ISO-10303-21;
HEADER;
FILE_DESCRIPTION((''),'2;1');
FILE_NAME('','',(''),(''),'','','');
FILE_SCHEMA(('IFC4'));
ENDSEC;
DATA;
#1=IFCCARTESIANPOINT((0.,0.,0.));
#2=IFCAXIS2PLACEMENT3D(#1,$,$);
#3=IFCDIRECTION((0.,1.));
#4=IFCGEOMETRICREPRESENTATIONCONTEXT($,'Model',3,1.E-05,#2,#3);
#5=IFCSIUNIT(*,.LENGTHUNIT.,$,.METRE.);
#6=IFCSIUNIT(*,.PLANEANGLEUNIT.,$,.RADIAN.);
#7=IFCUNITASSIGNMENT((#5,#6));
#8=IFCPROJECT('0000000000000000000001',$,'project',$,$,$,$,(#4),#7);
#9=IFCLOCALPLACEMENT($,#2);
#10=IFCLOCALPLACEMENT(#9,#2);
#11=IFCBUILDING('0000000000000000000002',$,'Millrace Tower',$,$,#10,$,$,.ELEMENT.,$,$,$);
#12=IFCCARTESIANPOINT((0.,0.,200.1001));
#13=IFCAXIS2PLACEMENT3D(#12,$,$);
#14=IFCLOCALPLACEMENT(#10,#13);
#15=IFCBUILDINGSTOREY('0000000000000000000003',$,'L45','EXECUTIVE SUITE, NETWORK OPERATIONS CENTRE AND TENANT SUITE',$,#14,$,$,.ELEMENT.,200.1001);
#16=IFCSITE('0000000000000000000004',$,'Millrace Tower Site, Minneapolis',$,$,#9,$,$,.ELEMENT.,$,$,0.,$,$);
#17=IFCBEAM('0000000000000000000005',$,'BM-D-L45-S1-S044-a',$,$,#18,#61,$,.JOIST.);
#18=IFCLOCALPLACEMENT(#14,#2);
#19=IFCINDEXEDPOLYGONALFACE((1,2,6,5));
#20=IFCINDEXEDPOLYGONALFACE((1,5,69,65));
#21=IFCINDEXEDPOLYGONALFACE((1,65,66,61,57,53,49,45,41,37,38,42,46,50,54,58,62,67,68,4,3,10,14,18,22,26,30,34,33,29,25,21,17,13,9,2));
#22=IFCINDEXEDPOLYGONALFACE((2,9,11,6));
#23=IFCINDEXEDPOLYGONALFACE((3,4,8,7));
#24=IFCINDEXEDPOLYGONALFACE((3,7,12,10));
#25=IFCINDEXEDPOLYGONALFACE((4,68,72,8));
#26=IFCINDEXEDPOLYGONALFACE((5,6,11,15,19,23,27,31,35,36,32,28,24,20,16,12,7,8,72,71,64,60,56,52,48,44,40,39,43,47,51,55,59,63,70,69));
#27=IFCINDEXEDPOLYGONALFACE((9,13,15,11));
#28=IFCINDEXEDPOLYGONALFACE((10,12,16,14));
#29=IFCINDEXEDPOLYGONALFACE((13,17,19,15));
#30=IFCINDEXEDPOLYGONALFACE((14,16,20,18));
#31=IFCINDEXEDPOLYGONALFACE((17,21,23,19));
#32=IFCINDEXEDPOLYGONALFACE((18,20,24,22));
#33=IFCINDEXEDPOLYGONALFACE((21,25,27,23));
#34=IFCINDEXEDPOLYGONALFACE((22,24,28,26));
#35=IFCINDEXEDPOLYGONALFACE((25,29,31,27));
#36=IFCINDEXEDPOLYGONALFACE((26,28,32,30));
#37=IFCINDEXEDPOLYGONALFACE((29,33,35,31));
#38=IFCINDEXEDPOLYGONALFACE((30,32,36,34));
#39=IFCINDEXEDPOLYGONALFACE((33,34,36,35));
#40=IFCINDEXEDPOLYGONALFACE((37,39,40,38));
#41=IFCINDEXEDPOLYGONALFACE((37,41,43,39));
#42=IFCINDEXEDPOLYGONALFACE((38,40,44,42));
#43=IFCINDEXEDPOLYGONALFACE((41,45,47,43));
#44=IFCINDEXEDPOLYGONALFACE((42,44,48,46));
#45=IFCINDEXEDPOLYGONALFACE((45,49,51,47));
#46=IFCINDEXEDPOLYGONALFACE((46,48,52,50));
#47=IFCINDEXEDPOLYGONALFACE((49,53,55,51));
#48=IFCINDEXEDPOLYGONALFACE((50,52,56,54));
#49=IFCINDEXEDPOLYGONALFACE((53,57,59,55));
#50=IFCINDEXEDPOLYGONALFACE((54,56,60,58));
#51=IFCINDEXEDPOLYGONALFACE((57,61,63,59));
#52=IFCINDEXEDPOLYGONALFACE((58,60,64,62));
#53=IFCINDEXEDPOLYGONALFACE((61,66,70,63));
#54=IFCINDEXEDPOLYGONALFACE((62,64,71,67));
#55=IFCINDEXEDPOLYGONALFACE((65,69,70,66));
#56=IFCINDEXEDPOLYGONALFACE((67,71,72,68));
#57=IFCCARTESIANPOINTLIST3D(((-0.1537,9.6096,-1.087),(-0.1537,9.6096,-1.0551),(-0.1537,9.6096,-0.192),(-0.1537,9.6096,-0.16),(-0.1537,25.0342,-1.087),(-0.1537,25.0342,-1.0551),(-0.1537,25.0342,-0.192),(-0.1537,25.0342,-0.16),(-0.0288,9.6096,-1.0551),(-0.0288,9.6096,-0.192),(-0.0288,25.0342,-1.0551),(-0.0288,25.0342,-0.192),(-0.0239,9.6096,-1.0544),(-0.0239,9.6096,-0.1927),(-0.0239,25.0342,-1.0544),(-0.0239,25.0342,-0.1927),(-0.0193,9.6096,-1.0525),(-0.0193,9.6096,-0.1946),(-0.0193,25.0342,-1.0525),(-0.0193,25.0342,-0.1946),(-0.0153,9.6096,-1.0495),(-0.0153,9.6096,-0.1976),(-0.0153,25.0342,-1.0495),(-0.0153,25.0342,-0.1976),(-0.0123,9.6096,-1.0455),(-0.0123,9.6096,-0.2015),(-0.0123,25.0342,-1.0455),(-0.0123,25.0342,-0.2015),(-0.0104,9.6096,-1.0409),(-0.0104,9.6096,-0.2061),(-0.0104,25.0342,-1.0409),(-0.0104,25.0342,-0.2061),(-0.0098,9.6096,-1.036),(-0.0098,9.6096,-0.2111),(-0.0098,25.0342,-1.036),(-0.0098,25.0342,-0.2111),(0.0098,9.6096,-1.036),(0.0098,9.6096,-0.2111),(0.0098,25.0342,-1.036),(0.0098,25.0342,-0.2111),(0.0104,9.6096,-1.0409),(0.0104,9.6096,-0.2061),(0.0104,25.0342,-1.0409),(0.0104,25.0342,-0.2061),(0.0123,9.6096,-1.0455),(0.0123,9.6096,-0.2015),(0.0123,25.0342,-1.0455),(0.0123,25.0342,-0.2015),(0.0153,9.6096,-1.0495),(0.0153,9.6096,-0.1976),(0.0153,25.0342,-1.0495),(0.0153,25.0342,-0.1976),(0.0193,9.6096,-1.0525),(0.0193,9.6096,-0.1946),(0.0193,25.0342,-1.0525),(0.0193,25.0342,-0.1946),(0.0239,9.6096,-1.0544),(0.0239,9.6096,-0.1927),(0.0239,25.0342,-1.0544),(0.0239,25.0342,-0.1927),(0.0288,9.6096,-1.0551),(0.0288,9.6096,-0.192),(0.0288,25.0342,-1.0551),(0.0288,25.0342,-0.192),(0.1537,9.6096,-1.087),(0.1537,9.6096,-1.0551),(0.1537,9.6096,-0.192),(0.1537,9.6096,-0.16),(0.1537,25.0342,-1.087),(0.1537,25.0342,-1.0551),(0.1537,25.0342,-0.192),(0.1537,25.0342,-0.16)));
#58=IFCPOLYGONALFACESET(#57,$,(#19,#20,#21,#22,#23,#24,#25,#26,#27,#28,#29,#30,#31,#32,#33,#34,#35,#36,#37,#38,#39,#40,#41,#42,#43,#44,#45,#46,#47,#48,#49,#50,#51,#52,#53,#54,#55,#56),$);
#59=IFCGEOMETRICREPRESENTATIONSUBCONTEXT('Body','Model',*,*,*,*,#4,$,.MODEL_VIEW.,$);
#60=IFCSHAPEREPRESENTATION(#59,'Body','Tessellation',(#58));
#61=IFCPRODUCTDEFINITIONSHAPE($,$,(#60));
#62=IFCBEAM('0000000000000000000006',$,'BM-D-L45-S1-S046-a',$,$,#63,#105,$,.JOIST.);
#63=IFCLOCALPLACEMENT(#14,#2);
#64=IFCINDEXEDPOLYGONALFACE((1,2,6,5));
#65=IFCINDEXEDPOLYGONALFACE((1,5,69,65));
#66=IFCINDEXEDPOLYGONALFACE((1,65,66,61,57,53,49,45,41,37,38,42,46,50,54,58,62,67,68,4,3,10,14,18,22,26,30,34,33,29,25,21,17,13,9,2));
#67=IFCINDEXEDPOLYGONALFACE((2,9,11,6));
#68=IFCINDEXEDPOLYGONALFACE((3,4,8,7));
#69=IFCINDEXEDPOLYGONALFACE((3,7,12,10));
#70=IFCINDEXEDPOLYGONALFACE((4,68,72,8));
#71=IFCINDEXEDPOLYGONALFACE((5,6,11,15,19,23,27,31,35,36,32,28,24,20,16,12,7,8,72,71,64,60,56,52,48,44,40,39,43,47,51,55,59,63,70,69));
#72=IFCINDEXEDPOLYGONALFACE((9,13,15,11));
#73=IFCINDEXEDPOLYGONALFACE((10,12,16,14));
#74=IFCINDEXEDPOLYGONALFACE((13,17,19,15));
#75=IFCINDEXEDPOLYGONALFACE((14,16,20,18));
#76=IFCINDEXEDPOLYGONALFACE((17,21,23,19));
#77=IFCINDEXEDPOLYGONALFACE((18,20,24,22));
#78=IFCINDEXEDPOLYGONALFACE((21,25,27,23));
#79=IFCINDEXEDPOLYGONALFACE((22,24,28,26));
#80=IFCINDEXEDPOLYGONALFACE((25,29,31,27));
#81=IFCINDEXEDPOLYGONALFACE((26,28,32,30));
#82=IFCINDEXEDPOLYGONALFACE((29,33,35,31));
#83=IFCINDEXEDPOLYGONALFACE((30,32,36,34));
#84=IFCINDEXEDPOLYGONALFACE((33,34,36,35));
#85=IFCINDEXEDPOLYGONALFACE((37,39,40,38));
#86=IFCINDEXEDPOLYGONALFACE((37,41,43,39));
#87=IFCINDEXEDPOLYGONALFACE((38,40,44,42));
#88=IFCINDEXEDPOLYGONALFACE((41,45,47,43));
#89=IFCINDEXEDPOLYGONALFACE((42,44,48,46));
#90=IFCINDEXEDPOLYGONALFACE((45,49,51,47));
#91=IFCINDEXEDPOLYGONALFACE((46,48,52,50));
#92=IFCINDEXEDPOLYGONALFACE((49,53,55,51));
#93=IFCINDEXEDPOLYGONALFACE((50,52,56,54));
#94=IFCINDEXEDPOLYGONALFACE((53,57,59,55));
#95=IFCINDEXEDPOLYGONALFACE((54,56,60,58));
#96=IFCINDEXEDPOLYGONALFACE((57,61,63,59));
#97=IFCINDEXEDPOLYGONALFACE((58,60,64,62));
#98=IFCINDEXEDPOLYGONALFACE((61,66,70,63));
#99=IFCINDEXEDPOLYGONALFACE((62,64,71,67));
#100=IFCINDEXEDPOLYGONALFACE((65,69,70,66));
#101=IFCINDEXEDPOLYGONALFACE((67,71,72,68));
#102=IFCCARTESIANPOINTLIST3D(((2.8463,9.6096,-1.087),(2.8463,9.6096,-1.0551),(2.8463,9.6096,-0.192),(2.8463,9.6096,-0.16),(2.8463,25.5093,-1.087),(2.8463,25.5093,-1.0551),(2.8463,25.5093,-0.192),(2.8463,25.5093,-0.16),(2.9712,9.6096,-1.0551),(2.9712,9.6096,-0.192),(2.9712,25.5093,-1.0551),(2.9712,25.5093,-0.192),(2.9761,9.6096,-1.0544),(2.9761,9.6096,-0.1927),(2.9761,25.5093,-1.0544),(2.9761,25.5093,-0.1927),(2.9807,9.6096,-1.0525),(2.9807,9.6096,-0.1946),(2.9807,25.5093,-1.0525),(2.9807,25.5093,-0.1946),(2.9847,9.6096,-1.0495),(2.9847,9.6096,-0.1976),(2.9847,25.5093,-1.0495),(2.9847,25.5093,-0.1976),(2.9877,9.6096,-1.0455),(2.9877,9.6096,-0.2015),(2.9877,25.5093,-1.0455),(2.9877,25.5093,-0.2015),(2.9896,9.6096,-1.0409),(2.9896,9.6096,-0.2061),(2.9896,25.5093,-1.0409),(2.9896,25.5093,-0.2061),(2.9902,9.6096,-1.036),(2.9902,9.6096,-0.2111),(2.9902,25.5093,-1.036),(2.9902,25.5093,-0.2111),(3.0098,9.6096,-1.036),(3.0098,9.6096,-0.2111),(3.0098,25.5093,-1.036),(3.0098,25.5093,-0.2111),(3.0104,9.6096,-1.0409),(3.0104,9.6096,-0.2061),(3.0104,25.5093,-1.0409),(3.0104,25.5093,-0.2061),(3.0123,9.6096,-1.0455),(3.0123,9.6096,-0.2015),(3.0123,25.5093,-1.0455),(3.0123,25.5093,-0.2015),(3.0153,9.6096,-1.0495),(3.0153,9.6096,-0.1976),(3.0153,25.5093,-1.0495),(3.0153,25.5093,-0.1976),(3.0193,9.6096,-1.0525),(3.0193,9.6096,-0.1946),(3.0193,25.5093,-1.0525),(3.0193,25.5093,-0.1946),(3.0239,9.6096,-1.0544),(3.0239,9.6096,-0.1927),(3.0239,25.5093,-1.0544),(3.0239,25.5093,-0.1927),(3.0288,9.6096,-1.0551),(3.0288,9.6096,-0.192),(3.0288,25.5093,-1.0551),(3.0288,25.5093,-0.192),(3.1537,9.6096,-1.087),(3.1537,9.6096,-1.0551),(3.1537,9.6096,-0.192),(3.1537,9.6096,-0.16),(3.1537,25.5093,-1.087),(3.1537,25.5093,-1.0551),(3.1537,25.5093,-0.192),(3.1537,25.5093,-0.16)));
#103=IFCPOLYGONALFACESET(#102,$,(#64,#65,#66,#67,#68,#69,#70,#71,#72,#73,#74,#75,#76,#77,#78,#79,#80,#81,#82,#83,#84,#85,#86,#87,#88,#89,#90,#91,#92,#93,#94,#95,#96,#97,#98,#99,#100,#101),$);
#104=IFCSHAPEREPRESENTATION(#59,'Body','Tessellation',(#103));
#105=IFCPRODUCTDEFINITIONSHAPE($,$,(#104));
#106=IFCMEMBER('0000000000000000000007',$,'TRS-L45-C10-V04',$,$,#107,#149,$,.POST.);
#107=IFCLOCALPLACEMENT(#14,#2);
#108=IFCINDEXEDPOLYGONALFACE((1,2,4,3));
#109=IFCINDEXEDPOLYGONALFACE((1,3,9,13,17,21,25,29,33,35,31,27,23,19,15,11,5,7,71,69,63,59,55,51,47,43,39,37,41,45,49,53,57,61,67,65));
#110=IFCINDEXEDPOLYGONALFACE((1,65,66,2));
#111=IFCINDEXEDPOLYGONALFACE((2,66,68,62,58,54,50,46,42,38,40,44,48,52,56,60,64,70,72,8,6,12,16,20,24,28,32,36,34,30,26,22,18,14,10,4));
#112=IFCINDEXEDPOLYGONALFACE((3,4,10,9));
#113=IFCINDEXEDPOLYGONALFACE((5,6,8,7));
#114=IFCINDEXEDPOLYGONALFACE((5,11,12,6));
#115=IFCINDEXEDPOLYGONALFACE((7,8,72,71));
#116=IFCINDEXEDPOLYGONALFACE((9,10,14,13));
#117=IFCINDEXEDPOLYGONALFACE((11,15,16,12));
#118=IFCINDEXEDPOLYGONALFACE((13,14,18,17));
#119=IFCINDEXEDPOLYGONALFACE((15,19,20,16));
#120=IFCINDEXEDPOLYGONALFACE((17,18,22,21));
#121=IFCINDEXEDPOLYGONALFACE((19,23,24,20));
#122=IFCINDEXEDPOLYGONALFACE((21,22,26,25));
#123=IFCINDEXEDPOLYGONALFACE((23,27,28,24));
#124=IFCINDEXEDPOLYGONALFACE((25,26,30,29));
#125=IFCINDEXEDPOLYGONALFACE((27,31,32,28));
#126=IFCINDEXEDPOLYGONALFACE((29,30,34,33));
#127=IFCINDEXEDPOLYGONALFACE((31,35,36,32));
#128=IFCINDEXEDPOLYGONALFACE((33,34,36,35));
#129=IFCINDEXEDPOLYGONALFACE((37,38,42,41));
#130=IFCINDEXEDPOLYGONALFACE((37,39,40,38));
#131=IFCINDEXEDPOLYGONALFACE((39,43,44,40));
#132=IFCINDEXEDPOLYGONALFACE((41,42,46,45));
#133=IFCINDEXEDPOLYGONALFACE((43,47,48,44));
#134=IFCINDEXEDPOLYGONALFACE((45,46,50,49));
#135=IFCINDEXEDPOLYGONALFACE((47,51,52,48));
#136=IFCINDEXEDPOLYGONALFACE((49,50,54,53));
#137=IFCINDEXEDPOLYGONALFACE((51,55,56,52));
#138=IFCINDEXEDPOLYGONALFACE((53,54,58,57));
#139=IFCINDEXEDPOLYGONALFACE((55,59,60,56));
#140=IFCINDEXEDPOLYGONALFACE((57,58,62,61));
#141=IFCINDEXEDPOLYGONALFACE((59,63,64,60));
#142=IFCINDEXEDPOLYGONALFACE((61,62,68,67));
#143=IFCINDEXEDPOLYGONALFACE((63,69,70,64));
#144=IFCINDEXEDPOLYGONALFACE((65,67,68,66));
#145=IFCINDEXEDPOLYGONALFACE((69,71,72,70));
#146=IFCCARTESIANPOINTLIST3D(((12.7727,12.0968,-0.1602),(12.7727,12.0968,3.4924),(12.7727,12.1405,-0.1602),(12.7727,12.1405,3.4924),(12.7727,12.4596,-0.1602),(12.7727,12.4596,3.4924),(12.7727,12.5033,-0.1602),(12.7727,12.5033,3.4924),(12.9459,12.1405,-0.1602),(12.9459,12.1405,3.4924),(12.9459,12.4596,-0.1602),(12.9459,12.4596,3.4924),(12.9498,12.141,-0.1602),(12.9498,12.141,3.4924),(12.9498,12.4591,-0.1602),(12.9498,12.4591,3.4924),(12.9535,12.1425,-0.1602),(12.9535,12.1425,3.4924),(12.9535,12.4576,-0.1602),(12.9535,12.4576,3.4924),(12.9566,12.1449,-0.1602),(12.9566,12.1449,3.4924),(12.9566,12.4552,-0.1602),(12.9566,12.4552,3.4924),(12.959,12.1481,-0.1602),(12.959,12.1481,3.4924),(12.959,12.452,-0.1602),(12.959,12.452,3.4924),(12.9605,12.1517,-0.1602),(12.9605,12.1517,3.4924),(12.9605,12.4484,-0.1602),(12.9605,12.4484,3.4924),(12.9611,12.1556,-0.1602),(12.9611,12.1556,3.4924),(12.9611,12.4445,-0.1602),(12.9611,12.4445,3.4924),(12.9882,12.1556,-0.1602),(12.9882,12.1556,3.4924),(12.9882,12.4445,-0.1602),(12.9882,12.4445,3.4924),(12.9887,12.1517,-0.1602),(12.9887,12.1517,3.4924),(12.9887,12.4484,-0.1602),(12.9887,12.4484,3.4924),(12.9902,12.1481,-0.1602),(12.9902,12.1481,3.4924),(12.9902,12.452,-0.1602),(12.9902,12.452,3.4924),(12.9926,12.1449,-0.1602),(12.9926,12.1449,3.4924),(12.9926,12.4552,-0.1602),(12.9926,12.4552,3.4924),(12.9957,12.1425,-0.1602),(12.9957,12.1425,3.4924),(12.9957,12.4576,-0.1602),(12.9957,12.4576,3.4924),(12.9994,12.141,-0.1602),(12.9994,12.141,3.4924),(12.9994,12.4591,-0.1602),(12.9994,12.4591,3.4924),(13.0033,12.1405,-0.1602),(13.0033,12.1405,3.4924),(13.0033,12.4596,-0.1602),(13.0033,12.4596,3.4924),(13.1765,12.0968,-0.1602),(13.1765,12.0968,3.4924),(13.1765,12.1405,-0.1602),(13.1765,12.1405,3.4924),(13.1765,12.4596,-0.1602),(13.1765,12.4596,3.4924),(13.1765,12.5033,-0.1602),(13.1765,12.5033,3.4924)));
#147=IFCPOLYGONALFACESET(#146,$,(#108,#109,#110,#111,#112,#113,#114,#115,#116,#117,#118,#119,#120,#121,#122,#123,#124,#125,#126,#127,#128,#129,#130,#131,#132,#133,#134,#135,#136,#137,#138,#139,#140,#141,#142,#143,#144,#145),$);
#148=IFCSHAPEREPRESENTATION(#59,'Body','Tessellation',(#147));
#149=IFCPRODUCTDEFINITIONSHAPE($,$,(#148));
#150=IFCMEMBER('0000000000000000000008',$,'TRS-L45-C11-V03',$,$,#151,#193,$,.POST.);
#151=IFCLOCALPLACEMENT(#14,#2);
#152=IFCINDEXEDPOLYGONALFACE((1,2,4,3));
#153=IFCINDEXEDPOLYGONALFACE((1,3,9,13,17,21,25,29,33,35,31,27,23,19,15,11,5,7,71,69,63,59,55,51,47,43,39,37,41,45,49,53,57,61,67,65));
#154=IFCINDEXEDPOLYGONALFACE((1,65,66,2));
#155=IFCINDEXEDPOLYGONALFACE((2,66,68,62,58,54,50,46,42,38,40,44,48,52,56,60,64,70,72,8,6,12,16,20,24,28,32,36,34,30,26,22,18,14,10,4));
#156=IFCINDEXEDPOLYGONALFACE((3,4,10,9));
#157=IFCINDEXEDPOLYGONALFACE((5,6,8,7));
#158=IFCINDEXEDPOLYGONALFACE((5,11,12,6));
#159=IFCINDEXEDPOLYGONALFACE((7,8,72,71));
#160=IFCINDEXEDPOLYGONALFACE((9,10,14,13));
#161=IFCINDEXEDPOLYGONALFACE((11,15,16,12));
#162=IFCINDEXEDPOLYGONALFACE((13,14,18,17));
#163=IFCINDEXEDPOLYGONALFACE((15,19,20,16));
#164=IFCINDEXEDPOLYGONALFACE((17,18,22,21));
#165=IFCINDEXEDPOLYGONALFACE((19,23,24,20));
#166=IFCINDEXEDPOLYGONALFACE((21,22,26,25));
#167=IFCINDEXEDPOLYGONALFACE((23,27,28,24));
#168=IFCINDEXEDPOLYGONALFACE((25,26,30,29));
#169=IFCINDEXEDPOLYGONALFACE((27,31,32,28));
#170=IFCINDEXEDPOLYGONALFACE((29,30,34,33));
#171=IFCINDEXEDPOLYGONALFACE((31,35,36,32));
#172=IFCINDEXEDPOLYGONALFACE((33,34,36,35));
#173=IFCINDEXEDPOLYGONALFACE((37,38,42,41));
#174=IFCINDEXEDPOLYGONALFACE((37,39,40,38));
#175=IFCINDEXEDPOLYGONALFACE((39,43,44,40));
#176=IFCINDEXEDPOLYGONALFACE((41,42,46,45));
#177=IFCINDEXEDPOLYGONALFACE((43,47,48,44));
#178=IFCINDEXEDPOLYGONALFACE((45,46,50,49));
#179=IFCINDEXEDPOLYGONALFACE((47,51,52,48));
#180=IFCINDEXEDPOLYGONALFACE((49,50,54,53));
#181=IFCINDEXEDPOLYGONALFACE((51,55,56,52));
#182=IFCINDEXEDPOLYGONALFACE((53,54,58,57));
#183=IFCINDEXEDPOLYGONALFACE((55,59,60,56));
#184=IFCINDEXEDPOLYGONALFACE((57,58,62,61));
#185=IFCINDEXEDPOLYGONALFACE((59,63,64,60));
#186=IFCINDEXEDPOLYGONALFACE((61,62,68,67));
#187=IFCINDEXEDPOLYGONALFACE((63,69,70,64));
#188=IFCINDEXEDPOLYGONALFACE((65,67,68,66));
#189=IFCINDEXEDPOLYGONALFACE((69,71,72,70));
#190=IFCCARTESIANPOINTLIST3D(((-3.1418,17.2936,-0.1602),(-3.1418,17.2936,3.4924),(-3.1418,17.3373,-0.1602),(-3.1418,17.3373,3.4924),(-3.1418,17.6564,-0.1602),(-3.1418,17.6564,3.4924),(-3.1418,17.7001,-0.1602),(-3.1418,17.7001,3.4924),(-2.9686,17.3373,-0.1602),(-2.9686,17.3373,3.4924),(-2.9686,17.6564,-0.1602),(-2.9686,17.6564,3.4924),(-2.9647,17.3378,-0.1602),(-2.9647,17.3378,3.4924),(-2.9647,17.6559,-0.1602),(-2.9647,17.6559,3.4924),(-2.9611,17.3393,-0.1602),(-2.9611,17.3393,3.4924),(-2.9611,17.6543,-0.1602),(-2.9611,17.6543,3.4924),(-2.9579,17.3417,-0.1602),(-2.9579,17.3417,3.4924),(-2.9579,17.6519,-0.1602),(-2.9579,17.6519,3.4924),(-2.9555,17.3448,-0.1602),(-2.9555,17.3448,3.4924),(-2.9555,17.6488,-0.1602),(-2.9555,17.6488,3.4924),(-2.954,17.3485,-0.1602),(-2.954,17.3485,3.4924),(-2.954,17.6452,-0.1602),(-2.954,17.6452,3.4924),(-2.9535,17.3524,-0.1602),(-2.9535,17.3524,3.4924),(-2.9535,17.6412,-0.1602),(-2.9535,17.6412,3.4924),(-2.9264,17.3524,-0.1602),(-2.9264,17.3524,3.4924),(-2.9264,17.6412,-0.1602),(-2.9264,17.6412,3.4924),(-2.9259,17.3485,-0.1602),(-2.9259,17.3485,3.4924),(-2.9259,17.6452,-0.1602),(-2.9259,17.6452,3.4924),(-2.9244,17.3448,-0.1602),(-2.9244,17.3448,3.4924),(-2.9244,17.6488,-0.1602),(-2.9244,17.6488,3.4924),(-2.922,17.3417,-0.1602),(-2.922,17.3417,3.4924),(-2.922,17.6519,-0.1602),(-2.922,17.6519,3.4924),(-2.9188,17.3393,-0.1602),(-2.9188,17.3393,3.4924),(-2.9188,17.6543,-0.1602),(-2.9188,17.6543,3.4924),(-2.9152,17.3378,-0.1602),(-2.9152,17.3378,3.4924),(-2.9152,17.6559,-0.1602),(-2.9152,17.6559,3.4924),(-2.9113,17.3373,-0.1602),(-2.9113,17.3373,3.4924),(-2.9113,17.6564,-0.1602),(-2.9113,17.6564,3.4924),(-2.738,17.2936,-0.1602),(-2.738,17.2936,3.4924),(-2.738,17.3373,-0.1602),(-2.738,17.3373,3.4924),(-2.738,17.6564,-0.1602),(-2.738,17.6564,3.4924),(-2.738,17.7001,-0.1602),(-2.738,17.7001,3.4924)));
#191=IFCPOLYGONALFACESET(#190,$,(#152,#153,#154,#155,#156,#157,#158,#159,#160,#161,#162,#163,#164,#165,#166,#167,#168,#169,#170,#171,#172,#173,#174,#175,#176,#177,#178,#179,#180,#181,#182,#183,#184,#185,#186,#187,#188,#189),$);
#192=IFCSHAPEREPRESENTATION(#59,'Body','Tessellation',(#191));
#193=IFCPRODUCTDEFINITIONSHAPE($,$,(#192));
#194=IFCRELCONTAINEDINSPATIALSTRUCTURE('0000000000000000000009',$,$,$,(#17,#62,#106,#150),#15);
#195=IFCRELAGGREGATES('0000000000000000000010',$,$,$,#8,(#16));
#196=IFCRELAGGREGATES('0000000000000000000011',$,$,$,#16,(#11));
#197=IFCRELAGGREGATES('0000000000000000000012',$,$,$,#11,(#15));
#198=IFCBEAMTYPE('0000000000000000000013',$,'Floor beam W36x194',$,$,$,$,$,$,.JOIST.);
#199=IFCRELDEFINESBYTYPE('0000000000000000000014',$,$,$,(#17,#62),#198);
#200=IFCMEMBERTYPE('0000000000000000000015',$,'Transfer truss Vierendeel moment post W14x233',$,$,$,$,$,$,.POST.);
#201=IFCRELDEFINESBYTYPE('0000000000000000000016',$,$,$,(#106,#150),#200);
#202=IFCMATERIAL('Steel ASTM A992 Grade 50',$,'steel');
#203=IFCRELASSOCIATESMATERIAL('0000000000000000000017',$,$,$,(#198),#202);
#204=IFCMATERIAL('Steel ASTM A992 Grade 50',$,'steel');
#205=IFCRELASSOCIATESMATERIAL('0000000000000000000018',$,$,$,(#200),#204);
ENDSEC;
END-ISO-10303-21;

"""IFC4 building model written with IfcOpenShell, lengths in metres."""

from ifc_helpers import new_model, si_unit, direction, frame, origin, origin_2d, place, context, subcontext, project, spatial, i_section, extrude, material, material_profile, profile_set, type_object, element, save


model = new_model("IFC4")

# Units and contexts
model_context = context("Model", 3, precision=1e-05, world=origin(), true_north=direction((0.0, 1.0)))
body_context = subcontext(model_context, "Body", "Model", "MODEL_VIEW")
ifc_project = project(units=[si_unit("LENGTHUNIT", "METRE"), si_unit("PLANEANGLEUNIT", "RADIAN")], contexts=[model_context])

# Site, building, storey
site_placement = place(None, origin())
site = spatial("IfcSite", under=ifc_project, at=site_placement, Name="Millrace Tower Site, Minneapolis", CompositionType="ELEMENT", RefElevation=0.0)
building_placement = place(site_placement, origin())
building = spatial("IfcBuilding", under=site, at=building_placement, Name="Millrace Tower", CompositionType="ELEMENT")
storey_placement = place(building_placement, frame((0.0, 0.0, 200.1001)))
storey = spatial("IfcBuildingStorey", under=building, at=storey_placement, Name="L45", Description="EXECUTIVE SUITE, NETWORK OPERATIONS CENTRE AND TENANT SUITE", CompositionType="ELEMENT", Elevation=200.1001)

# Beams
ifc_material_1 = material(Name="Steel ASTM A992 Grade 50", Category="steel")
ifc_material_profile_1 = material_profile(ifc_material_1, i_section(OverallWidth=0.3074, OverallDepth=0.927, WebThickness=0.0195, FlangeThickness=0.032, FilletRadius=0.019, at=origin_2d()))
ifc_profile_set_1 = profile_set([ifc_material_profile_1], Name="Steel ASTM A992 Grade 50")
beam_type_1 = type_object("IfcBeamType", Name="Floor beam W36x194", PredefinedType="JOIST", material=ifc_profile_set_1)
beam_1_placement = place(storey_placement, frame((0.0, 9.6096, -0.6235), z_axis=(0.0, 1.0, 0.0), x_axis=(-1.0, 0.0, 0.0)))
element("IfcBeam", 1, at=beam_1_placement, inside=storey, type_object=beam_type_1, Name="BM-D-L45-S1-S044-a", PredefinedType="JOIST", context=body_context, shape_type="SweptSolid", body=[
    extrude(i_section(OverallWidth=0.3074, OverallDepth=0.927, WebThickness=0.0195, FlangeThickness=0.032, FilletRadius=0.019, at=origin_2d()), origin(), (0.0, 0.0, 1.0), 15.4246),
])
beam_2_placement = place(storey_placement, frame((3.0, 9.6096, -0.6235), z_axis=(0.0, 1.0, 0.0), x_axis=(-1.0, 0.0, 0.0)))
element("IfcBeam", 2, at=beam_2_placement, inside=storey, type_object=beam_type_1, Name="BM-D-L45-S1-S046-a", PredefinedType="JOIST", context=body_context, shape_type="SweptSolid", body=[
    extrude(i_section(OverallWidth=0.3074, OverallDepth=0.927, WebThickness=0.0195, FlangeThickness=0.032, FilletRadius=0.019, at=origin_2d()), origin(), (0.0, 0.0, 1.0), 15.8997),
])

# Members
ifc_material_2 = material(Name="Steel ASTM A992 Grade 50", Category="steel")
ifc_material_profile_2 = material_profile(ifc_material_2, i_section(OverallWidth=0.4038, OverallDepth=0.4065, WebThickness=0.0271, FlangeThickness=0.0437, FilletRadius=0.0151, at=origin_2d()))
ifc_profile_set_2 = profile_set([ifc_material_profile_2], Name="Steel ASTM A992 Grade 50")
member_type = type_object("IfcMemberType", Name="Transfer truss Vierendeel moment post W14x233", PredefinedType="POST", material=ifc_profile_set_2)
for number, where, z_axis, x_axis, name in (
    (3, (12.9746, 12.3, -0.1602), (0.0, 0.0, 1.0), (1.0, 0.0, 0.0), "TRS-L45-C10-V04"),
    (4, (-2.9399, 17.4968, -0.1602), (0.0, 0.0, 1.0), (1.0, 0.0, 0.0), "TRS-L45-C11-V03"),
):
    element("IfcMember", number, at=place(storey_placement, frame(where, z_axis=z_axis, x_axis=x_axis)), inside=storey, type_object=member_type, Name=name, PredefinedType="POST", context=body_context, shape_type="SweptSolid", body=[
        extrude(i_section(OverallWidth=0.4038, OverallDepth=0.4065, WebThickness=0.0271, FlangeThickness=0.0437, FilletRadius=0.0151, at=origin_2d()), origin(), (0.0, 0.0, 1.0), 3.6526),
    ])

save(model, "model.ifc")
